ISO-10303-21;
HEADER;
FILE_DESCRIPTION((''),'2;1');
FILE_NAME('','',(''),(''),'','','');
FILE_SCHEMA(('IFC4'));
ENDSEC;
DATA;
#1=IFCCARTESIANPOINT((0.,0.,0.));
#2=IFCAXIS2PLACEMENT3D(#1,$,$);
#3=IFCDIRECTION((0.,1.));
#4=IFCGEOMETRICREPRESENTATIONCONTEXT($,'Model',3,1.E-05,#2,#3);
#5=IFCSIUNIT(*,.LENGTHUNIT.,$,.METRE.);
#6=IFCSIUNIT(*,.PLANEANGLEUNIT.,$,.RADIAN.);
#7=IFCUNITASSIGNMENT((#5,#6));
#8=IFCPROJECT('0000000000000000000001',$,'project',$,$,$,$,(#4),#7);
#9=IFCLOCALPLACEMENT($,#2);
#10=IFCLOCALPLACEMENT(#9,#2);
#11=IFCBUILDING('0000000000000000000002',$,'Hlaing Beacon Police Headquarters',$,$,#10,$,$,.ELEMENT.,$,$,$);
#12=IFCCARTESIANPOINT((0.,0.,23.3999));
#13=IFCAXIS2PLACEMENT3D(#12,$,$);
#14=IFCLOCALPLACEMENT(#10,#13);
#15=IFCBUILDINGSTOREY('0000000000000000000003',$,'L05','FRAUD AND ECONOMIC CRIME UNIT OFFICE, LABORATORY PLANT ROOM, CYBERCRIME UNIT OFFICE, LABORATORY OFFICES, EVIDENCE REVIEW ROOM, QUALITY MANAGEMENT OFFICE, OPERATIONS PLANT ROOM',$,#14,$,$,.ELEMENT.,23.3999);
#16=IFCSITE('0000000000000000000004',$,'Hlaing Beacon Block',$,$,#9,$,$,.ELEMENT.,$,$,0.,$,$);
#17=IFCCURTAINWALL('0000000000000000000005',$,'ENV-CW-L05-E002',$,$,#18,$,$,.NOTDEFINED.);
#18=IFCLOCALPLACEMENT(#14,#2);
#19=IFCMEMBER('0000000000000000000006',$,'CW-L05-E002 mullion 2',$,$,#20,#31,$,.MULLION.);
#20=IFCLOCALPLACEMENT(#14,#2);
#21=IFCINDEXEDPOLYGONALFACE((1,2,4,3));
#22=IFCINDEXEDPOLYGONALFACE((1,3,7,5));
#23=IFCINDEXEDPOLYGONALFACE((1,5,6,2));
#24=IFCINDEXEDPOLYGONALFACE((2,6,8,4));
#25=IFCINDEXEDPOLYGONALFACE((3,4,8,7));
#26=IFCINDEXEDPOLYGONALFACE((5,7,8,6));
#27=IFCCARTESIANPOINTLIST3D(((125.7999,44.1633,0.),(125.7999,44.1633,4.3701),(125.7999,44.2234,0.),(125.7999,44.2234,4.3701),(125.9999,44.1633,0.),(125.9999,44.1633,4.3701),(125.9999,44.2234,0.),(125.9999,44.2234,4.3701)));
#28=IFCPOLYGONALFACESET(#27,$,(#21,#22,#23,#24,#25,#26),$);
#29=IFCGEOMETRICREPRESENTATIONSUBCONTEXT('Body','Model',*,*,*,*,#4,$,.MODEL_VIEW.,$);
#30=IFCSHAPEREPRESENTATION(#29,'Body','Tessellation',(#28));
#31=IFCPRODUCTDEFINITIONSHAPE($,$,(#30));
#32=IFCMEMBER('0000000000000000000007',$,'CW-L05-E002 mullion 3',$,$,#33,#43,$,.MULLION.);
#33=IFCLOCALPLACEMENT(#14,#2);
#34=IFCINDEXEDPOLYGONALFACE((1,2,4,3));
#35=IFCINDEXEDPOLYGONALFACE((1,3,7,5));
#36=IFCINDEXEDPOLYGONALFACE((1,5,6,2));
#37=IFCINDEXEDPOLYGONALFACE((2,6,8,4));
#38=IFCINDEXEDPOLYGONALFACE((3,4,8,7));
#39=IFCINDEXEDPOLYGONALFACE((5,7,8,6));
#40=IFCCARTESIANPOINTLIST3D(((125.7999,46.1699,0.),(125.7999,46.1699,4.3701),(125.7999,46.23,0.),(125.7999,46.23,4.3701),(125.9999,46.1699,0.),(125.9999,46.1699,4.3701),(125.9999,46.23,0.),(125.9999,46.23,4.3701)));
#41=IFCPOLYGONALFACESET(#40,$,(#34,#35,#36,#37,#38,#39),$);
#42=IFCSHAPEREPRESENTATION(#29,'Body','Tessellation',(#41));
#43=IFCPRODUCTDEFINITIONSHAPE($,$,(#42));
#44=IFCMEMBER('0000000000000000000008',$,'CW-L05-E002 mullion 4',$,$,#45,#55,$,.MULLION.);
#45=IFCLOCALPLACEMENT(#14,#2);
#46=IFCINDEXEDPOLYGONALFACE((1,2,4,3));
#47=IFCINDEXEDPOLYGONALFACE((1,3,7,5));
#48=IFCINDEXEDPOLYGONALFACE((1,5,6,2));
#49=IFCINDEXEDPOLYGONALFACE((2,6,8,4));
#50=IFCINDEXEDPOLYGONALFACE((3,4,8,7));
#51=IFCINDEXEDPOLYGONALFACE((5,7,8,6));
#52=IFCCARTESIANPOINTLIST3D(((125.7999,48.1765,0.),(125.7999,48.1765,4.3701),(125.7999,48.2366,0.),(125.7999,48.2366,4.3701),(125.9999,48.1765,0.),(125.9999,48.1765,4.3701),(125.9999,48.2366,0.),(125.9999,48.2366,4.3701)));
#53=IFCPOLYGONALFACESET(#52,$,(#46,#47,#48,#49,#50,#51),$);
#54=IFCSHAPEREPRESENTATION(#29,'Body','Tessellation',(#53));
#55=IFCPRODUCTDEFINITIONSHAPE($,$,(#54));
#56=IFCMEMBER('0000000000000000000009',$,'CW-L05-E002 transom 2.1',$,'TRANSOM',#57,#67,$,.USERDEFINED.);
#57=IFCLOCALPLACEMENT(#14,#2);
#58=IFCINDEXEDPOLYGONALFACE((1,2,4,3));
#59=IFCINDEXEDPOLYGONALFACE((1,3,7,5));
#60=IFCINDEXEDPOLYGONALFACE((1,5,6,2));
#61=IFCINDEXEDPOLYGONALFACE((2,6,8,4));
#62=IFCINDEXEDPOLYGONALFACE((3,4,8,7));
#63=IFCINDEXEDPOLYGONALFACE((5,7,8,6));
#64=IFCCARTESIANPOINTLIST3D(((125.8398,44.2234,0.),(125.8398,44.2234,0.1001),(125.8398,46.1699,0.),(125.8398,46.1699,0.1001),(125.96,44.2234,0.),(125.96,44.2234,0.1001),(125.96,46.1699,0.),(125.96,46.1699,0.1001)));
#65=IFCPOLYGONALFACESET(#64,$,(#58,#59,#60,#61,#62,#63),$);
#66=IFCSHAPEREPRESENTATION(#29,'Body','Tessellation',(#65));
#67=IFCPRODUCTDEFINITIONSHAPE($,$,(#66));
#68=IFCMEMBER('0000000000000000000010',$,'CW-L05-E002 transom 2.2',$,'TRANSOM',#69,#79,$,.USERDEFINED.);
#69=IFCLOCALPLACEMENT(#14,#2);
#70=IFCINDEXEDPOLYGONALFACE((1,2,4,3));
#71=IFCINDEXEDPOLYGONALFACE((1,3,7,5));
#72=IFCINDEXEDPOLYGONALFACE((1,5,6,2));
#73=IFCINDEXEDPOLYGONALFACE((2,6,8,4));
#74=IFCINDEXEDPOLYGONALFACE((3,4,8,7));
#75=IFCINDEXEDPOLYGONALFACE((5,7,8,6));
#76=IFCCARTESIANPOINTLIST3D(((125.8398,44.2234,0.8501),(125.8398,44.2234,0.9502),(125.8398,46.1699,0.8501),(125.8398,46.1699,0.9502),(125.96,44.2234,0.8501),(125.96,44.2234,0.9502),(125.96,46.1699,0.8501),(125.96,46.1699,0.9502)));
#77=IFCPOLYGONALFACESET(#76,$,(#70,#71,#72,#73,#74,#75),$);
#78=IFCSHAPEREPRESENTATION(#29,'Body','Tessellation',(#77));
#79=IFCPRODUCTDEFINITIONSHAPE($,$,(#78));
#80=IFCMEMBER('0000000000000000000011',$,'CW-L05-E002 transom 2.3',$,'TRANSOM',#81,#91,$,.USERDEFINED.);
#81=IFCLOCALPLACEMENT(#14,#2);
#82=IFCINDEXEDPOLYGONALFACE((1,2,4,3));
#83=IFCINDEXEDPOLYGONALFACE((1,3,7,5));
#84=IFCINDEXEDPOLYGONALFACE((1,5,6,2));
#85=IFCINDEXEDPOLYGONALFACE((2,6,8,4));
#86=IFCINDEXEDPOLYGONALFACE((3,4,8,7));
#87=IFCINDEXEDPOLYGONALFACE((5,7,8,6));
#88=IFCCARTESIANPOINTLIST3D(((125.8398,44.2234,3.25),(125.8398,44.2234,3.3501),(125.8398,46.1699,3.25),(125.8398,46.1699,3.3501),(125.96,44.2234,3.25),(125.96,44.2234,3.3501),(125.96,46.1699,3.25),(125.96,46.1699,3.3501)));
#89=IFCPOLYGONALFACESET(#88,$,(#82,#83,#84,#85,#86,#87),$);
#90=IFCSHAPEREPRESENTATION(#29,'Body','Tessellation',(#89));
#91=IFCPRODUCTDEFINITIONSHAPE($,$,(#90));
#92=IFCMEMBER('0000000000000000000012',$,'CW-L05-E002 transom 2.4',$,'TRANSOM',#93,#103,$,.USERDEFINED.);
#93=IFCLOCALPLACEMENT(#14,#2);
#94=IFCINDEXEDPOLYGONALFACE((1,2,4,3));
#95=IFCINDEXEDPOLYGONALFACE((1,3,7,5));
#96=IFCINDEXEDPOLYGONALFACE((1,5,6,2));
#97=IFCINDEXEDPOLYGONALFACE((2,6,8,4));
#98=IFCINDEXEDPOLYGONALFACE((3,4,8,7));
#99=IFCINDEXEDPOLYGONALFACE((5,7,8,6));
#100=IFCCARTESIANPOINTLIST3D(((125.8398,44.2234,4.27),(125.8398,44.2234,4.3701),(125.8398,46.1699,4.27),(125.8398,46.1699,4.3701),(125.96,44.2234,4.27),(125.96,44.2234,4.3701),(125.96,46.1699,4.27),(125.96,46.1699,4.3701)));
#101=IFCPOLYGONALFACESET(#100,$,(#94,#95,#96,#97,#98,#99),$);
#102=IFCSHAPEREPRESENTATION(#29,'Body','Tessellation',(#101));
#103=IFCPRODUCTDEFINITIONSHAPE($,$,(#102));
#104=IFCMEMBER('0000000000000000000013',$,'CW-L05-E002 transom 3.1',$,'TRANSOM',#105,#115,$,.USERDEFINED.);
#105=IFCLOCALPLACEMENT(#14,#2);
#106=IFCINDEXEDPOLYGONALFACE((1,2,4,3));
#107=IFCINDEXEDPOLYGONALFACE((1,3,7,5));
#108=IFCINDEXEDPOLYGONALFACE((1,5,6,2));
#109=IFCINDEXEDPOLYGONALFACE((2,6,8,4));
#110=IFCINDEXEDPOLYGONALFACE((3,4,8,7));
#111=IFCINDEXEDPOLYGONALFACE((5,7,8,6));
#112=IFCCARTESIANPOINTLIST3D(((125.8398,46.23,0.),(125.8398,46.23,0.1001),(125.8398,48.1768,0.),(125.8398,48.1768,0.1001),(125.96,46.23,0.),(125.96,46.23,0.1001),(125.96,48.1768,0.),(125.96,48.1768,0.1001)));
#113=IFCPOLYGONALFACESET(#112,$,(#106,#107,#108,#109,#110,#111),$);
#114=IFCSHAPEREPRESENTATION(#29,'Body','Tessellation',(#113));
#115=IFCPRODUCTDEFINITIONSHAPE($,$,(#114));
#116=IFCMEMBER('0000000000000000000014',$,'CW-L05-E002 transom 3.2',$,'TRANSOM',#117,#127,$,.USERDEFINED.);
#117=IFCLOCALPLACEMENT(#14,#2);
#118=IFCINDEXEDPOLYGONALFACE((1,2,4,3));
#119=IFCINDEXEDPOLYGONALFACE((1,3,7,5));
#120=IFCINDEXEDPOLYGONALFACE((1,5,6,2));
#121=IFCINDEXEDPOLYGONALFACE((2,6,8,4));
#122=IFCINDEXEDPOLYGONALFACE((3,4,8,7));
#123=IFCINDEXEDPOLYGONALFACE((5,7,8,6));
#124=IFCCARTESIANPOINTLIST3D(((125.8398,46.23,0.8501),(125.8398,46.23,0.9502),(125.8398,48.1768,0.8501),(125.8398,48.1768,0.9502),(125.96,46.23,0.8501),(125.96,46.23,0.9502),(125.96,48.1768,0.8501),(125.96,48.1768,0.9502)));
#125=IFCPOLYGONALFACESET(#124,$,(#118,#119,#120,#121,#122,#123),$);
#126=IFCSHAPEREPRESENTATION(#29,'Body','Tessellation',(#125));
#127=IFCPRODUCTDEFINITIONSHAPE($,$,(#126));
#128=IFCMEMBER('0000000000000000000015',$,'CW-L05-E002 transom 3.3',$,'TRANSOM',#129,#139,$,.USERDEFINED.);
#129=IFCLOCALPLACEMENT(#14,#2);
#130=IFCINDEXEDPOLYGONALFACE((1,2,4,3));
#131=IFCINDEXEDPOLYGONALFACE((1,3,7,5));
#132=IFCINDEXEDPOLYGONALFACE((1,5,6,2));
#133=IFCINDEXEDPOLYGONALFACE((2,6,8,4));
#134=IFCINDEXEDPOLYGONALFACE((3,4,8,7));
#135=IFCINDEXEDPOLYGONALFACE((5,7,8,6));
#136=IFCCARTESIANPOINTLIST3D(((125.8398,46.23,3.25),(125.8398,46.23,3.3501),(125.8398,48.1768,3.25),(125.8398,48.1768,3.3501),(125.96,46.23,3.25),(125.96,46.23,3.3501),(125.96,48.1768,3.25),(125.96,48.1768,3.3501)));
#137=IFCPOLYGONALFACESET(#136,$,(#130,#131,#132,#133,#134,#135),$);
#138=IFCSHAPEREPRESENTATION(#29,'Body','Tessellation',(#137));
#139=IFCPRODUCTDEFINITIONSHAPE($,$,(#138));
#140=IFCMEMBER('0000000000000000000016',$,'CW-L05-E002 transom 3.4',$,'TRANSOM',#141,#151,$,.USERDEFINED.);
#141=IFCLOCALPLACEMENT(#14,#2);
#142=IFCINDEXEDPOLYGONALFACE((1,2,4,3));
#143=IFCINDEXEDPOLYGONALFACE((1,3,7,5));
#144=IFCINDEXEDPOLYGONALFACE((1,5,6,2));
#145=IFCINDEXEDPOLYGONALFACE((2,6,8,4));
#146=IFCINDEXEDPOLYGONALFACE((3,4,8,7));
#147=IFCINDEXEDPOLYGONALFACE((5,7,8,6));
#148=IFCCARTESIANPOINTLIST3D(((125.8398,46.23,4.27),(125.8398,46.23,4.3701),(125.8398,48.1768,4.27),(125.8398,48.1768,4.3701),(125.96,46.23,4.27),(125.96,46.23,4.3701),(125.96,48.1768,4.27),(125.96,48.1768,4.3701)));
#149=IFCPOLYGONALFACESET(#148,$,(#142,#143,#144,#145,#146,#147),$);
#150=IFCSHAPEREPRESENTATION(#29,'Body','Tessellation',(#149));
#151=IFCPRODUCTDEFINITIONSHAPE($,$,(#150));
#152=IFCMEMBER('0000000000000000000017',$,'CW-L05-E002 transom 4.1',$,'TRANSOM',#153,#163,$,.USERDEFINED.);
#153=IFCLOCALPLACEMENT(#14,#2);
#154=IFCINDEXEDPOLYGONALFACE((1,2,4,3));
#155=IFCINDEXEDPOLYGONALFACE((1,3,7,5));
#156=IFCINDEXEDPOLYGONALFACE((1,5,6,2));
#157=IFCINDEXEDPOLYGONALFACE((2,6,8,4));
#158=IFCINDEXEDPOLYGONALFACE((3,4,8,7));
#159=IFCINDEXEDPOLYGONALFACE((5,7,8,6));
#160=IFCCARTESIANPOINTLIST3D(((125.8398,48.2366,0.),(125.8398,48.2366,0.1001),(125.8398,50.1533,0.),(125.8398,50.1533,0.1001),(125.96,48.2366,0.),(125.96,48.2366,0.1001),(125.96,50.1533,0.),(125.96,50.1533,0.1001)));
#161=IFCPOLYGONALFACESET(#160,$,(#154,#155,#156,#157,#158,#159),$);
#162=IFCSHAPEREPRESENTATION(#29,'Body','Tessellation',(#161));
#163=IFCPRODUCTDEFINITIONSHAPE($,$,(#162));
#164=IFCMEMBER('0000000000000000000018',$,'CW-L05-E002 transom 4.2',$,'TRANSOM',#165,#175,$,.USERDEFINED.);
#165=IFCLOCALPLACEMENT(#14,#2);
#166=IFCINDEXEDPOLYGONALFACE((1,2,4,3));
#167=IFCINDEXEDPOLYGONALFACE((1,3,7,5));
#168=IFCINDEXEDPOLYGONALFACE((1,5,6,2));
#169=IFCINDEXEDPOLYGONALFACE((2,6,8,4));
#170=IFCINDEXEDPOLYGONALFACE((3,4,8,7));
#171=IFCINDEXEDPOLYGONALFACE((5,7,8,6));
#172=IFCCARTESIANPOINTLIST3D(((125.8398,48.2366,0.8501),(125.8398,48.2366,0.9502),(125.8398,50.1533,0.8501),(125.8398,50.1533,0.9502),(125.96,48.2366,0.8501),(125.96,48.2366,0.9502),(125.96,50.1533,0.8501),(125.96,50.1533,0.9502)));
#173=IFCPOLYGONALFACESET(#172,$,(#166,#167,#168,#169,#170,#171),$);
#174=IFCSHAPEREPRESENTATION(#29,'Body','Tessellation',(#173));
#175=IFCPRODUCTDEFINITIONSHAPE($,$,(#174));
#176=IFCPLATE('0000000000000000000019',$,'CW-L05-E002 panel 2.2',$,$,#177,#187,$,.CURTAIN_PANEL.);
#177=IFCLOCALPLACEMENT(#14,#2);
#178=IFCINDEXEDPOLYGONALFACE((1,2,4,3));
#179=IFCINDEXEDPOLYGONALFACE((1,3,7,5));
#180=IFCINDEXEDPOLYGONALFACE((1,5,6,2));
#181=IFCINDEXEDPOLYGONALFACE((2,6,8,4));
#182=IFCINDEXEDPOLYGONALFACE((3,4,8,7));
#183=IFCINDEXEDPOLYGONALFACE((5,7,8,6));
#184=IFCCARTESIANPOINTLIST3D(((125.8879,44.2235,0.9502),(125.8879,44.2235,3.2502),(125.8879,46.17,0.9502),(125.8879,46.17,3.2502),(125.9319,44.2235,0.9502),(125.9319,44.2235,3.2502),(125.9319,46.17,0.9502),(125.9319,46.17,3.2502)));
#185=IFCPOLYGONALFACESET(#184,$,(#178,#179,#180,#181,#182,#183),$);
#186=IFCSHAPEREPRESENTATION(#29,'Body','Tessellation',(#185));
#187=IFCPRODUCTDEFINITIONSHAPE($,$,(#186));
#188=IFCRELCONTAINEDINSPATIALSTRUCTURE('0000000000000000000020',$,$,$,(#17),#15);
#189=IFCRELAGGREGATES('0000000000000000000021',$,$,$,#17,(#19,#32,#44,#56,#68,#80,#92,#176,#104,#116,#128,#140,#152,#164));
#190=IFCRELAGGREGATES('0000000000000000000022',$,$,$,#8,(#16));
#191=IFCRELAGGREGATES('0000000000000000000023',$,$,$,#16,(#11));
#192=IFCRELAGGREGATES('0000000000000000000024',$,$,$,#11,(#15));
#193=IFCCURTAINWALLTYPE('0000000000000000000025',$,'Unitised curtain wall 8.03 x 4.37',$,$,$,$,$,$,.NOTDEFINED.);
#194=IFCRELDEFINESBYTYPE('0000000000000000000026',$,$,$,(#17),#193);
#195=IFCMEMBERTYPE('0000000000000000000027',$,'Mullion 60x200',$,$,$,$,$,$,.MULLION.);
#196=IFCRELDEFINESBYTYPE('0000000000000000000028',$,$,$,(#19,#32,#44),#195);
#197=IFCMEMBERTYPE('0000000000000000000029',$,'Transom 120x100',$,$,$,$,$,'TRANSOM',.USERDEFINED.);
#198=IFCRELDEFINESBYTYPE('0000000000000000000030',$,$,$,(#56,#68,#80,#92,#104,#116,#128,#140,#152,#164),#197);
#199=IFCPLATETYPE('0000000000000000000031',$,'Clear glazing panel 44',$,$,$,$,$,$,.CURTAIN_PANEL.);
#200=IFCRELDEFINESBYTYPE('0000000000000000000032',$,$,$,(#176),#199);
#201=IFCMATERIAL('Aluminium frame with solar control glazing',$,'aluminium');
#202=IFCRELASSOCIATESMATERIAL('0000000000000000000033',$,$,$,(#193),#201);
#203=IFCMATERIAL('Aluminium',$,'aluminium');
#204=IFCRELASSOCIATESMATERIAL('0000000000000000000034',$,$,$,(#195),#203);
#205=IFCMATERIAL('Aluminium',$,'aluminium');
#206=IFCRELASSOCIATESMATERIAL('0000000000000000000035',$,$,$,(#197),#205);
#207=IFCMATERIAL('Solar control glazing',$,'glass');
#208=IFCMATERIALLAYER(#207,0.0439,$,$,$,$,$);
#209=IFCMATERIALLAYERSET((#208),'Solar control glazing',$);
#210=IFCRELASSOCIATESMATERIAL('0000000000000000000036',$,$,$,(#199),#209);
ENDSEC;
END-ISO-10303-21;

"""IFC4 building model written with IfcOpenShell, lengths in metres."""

from ifc_helpers import new_model, si_unit, direction, frame, origin, origin_2d, place, context, subcontext, project, spatial, rectangle, extrude, material, layer, layer_set, material_profile, profile_set, type_object, element, aggregate, save


model = new_model("IFC4")

# Units and contexts
model_context = context("Model", 3, precision=1e-05, world=origin(), true_north=direction((0.0, 1.0)))
body_context = subcontext(model_context, "Body", "Model", "MODEL_VIEW")
ifc_project = project(units=[si_unit("LENGTHUNIT", "METRE"), si_unit("PLANEANGLEUNIT", "RADIAN")], contexts=[model_context])

# Site, building, storey
site_placement = place(None, origin())
site = spatial("IfcSite", under=ifc_project, at=site_placement, Name="Hlaing Beacon Block", CompositionType="ELEMENT", RefElevation=0.0)
building_placement = place(site_placement, origin())
building = spatial("IfcBuilding", under=site, at=building_placement, Name="Hlaing Beacon Police Headquarters", CompositionType="ELEMENT")
storey_placement = place(building_placement, frame((0.0, 0.0, 23.3999)))
storey = spatial("IfcBuildingStorey", under=building, at=storey_placement, Name="L05", Description="FRAUD AND ECONOMIC CRIME UNIT OFFICE, LABORATORY PLANT ROOM, CYBERCRIME UNIT OFFICE, LABORATORY OFFICES, EVIDENCE REVIEW ROOM, QUALITY MANAGEMENT OFFICE, OPERATIONS PLANT ROOM", CompositionType="ELEMENT", Elevation=23.3999)

# Curtain wall, members, plate
ifc_material_1 = material(Name="Aluminium frame with solar control glazing", Category="aluminium")
curtain_wall_type = type_object("IfcCurtainWallType", Name="Unitised curtain wall 8.03 x 4.37", PredefinedType="NOTDEFINED", material=ifc_material_1)
curtain_wall_placement = place(storey_placement, origin())
curtain_wall = element("IfcCurtainWall", 1, at=curtain_wall_placement, inside=storey, type_object=curtain_wall_type, Name="ENV-CW-L05-E002", PredefinedType="NOTDEFINED")
ifc_material_2 = material(Name="Aluminium", Category="aluminium")
ifc_material_profile_1 = material_profile(ifc_material_2, rectangle(XDim=0.2, YDim=0.0601, at=origin_2d()), Name="Mullion 60x200")
ifc_profile_set_1 = profile_set([ifc_material_profile_1], Name="Aluminium")
member_type_1 = type_object("IfcMemberType", Name="Mullion 60x200", PredefinedType="MULLION", material=ifc_profile_set_1)
member_1_placement = place(storey_placement, frame((125.8999, 44.1934, 0.0), z_axis=(0.0, 0.0, 1.0), x_axis=(-1.0, 0.0, 0.0)))
member_1 = element("IfcMember", 2, at=member_1_placement, type_object=member_type_1, Name="CW-L05-E002 mullion 2", PredefinedType="MULLION", context=body_context, shape_type="SweptSolid", body=[
    extrude(rectangle(XDim=0.2, YDim=0.0601, at=origin_2d()), origin(), (0.0, 0.0, 1.0), 4.3701),
])
member_2_placement = place(storey_placement, frame((125.8999, 46.2, 0.0), z_axis=(0.0, 0.0, 1.0), x_axis=(-1.0, 0.0, 0.0)))
member_2 = element("IfcMember", 3, at=member_2_placement, type_object=member_type_1, Name="CW-L05-E002 mullion 3", PredefinedType="MULLION", context=body_context, shape_type="SweptSolid", body=[
    extrude(rectangle(XDim=0.2, YDim=0.0601, at=origin_2d()), origin(), (0.0, 0.0, 1.0), 4.3701),
])
member_3_placement = place(storey_placement, frame((125.8999, 48.2065, 0.0), z_axis=(0.0, 0.0, 1.0), x_axis=(-1.0, 0.0, 0.0)))
member_3 = element("IfcMember", 4, at=member_3_placement, type_object=member_type_1, Name="CW-L05-E002 mullion 4", PredefinedType="MULLION", context=body_context, shape_type="SweptSolid", body=[
    extrude(rectangle(XDim=0.2, YDim=0.0601, at=origin_2d()), origin(), (0.0, 0.0, 1.0), 4.3701),
])
ifc_material_3 = material(Name="Aluminium", Category="aluminium")
ifc_material_profile_2 = material_profile(ifc_material_3, rectangle(XDim=0.1201, YDim=0.1001, at=origin_2d()), Name="Transom 120x100")
ifc_profile_set_2 = profile_set([ifc_material_profile_2], Name="Aluminium")
member_type_2 = type_object("IfcMemberType", Name="Transom 120x100", ElementType="TRANSOM", PredefinedType="USERDEFINED", material=ifc_profile_set_2)
member_4_placement = place(storey_placement, frame((125.8999, 44.2234, 0.05), z_axis=(0.0, 1.0, 0.0), x_axis=(-1.0, 0.0, 0.0)))
member_4 = element("IfcMember", 5, at=member_4_placement, type_object=member_type_2, Name="CW-L05-E002 transom 2.1", ObjectType="TRANSOM", PredefinedType="USERDEFINED", context=body_context, shape_type="SweptSolid", body=[
    extrude(rectangle(XDim=0.1201, YDim=0.1001, at=origin_2d()), origin(), (0.0, 0.0, 1.0), 1.9465),
])
member_5_placement = place(storey_placement, frame((125.8999, 44.2234, 0.9001), z_axis=(0.0, 1.0, 0.0), x_axis=(-1.0, 0.0, 0.0)))
member_5 = element("IfcMember", 6, at=member_5_placement, type_object=member_type_2, Name="CW-L05-E002 transom 2.2", ObjectType="TRANSOM", PredefinedType="USERDEFINED", context=body_context, shape_type="SweptSolid", body=[
    extrude(rectangle(XDim=0.1201, YDim=0.1001, at=origin_2d()), origin(), (0.0, 0.0, 1.0), 1.9465),
])
member_6_placement = place(storey_placement, frame((125.8999, 44.2234, 3.3), z_axis=(0.0, 1.0, 0.0), x_axis=(-1.0, 0.0, 0.0)))
member_6 = element("IfcMember", 7, at=member_6_placement, type_object=member_type_2, Name="CW-L05-E002 transom 2.3", ObjectType="TRANSOM", PredefinedType="USERDEFINED", context=body_context, shape_type="SweptSolid", body=[
    extrude(rectangle(XDim=0.1201, YDim=0.1001, at=origin_2d()), origin(), (0.0, 0.0, 1.0), 1.9465),
])
member_7_placement = place(storey_placement, frame((125.8999, 44.2234, 4.3201), z_axis=(0.0, 1.0, 0.0), x_axis=(-1.0, 0.0, 0.0)))
member_7 = element("IfcMember", 8, at=member_7_placement, type_object=member_type_2, Name="CW-L05-E002 transom 2.4", ObjectType="TRANSOM", PredefinedType="USERDEFINED", context=body_context, shape_type="SweptSolid", body=[
    extrude(rectangle(XDim=0.1201, YDim=0.1001, at=origin_2d()), origin(), (0.0, 0.0, 1.0), 1.9465),
])
member_8_placement = place(storey_placement, frame((125.8999, 46.23, 0.05), z_axis=(0.0, 1.0, 0.0), x_axis=(-1.0, 0.0, 0.0)))
member_8 = element("IfcMember", 9, at=member_8_placement, type_object=member_type_2, Name="CW-L05-E002 transom 3.1", ObjectType="TRANSOM", PredefinedType="USERDEFINED", context=body_context, shape_type="SweptSolid", body=[
    extrude(rectangle(XDim=0.1201, YDim=0.1001, at=origin_2d()), origin(), (0.0, 0.0, 1.0), 1.9468),
])
member_9_placement = place(storey_placement, frame((125.8999, 46.23, 0.9001), z_axis=(0.0, 1.0, 0.0), x_axis=(-1.0, 0.0, 0.0)))
member_9 = element("IfcMember", 10, at=member_9_placement, type_object=member_type_2, Name="CW-L05-E002 transom 3.2", ObjectType="TRANSOM", PredefinedType="USERDEFINED", context=body_context, shape_type="SweptSolid", body=[
    extrude(rectangle(XDim=0.1201, YDim=0.1001, at=origin_2d()), origin(), (0.0, 0.0, 1.0), 1.9468),
])
member_10_placement = place(storey_placement, frame((125.8999, 46.23, 3.3), z_axis=(0.0, 1.0, 0.0), x_axis=(-1.0, 0.0, 0.0)))
member_10 = element("IfcMember", 11, at=member_10_placement, type_object=member_type_2, Name="CW-L05-E002 transom 3.3", ObjectType="TRANSOM", PredefinedType="USERDEFINED", context=body_context, shape_type="SweptSolid", body=[
    extrude(rectangle(XDim=0.1201, YDim=0.1001, at=origin_2d()), origin(), (0.0, 0.0, 1.0), 1.9468),
])
member_11_placement = place(storey_placement, frame((125.8999, 46.23, 4.3201), z_axis=(0.0, 1.0, 0.0), x_axis=(-1.0, 0.0, 0.0)))
member_11 = element("IfcMember", 12, at=member_11_placement, type_object=member_type_2, Name="CW-L05-E002 transom 3.4", ObjectType="TRANSOM", PredefinedType="USERDEFINED", context=body_context, shape_type="SweptSolid", body=[
    extrude(rectangle(XDim=0.1201, YDim=0.1001, at=origin_2d()), origin(), (0.0, 0.0, 1.0), 1.9468),
])
member_12_placement = place(storey_placement, frame((125.8999, 48.2366, 0.05), z_axis=(0.0, 1.0, 0.0), x_axis=(-1.0, 0.0, 0.0)))
member_12 = element("IfcMember", 13, at=member_12_placement, type_object=member_type_2, Name="CW-L05-E002 transom 4.1", ObjectType="TRANSOM", PredefinedType="USERDEFINED", context=body_context, shape_type="SweptSolid", body=[
    extrude(rectangle(XDim=0.1201, YDim=0.1001, at=origin_2d()), origin(), (0.0, 0.0, 1.0), 1.9167),
])
member_13_placement = place(storey_placement, frame((125.8999, 48.2366, 0.9001), z_axis=(0.0, 1.0, 0.0), x_axis=(-1.0, 0.0, 0.0)))
member_13 = element("IfcMember", 14, at=member_13_placement, type_object=member_type_2, Name="CW-L05-E002 transom 4.2", ObjectType="TRANSOM", PredefinedType="USERDEFINED", context=body_context, shape_type="SweptSolid", body=[
    extrude(rectangle(XDim=0.1201, YDim=0.1001, at=origin_2d()), origin(), (0.0, 0.0, 1.0), 1.9167),
])
ifc_material_4 = material(Name="Solar control glazing", Category="glass")
ifc_layer_1 = layer(ifc_material_4, 0.0439)
ifc_layer_set_1 = layer_set([ifc_layer_1], Name="Solar control glazing")
plate_type_1 = type_object("IfcPlateType", Name="Clear glazing panel 44", PredefinedType="CURTAIN_PANEL", material=ifc_layer_set_1)
plate_1_placement = place(storey_placement, frame((125.9099, 45.1968, 0.9502), z_axis=(0.0, 0.0, 1.0), x_axis=(0.0, 1.0, 0.0)))
plate_1 = element("IfcPlate", 15, at=plate_1_placement, type_object=plate_type_1, Name="CW-L05-E002 panel 2.2", PredefinedType="CURTAIN_PANEL", context=body_context, shape_type="SweptSolid", body=[
    extrude(rectangle(XDim=1.9465, YDim=0.0439, at=origin_2d()), origin(), (0.0, 0.0, 1.0), 2.3),
])
aggregate(curtain_wall, [member_1, member_2, member_3, member_4, member_5, member_6, member_7, plate_1, member_8, member_9, member_10, member_11, member_12, member_13])

save(model, "model.ifc")
